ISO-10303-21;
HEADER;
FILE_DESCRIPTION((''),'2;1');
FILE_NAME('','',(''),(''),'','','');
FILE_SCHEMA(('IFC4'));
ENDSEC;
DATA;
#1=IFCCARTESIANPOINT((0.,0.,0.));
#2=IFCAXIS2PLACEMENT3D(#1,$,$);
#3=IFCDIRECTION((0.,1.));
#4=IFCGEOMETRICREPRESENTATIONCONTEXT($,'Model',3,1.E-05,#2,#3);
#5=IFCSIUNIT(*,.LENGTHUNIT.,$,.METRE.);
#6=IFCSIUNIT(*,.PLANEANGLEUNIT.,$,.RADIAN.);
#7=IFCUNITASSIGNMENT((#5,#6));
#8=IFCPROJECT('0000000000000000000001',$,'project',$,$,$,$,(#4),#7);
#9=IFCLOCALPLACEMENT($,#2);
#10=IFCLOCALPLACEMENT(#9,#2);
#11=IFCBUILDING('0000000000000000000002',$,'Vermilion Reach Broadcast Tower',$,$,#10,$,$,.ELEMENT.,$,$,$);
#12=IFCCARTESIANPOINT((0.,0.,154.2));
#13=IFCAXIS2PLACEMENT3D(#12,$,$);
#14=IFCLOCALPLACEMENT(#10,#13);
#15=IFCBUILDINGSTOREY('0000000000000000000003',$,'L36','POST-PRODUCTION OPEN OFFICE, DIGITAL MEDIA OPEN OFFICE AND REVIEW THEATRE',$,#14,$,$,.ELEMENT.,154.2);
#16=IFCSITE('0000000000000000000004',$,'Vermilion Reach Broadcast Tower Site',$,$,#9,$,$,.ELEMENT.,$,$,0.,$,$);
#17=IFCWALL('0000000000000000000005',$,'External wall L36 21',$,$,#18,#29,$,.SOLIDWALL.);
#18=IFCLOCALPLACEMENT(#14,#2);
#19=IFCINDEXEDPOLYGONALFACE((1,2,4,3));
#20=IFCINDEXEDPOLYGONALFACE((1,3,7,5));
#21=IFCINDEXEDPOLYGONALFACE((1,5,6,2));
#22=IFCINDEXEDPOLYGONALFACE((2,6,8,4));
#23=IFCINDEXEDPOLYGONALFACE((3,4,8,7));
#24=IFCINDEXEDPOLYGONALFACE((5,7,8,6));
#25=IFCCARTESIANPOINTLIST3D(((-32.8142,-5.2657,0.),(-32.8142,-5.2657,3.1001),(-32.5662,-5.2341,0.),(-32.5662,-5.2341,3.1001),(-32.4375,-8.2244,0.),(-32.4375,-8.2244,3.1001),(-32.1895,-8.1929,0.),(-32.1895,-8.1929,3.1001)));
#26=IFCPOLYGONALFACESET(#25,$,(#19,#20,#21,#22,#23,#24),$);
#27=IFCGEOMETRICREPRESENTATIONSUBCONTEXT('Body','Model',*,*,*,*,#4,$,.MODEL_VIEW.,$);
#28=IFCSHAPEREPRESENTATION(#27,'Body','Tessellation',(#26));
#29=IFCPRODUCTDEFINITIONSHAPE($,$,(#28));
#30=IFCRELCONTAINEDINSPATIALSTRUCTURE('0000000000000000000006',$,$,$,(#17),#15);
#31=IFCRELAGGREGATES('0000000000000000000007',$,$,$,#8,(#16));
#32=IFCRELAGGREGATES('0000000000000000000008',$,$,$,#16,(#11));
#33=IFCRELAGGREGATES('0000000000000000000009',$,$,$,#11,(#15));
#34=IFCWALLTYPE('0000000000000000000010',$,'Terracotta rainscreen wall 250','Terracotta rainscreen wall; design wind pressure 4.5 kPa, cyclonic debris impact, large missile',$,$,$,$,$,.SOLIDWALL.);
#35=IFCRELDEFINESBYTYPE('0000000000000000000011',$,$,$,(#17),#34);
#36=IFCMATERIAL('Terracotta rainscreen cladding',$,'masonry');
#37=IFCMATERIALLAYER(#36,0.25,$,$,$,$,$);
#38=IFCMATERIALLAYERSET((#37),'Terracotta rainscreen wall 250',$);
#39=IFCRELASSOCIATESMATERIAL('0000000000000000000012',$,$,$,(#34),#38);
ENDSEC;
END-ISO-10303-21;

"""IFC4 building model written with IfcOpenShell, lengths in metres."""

from ifc_helpers import new_model, si_unit, direction, frame, frame_2d, origin, place, context, subcontext, project, spatial, rectangle, extrude, material, layer, layer_set, type_object, element, save


model = new_model("IFC4")

# Units and contexts
model_context = context("Model", 3, precision=1e-05, world=origin(), true_north=direction((0.0, 1.0)))
body_context = subcontext(model_context, "Body", "Model", "MODEL_VIEW")
ifc_project = project(units=[si_unit("LENGTHUNIT", "METRE"), si_unit("PLANEANGLEUNIT", "RADIAN")], contexts=[model_context])

# Site, building, storey
site_placement = place(None, origin())
site = spatial("IfcSite", under=ifc_project, at=site_placement, Name="Vermilion Reach Broadcast Tower Site", CompositionType="ELEMENT", RefElevation=0.0)
building_placement = place(site_placement, origin())
building = spatial("IfcBuilding", under=site, at=building_placement, Name="Vermilion Reach Broadcast Tower", CompositionType="ELEMENT")
storey_placement = place(building_placement, frame((0.0, 0.0, 154.2)))
storey = spatial("IfcBuildingStorey", under=building, at=storey_placement, Name="L36", Description="POST-PRODUCTION OPEN OFFICE, DIGITAL MEDIA OPEN OFFICE AND REVIEW THEATRE", CompositionType="ELEMENT", Elevation=154.2)

# Shared definitions
ifc_material_1 = material(Name="Terracotta rainscreen cladding", Category="masonry")
ifc_layer_1 = layer(ifc_material_1, 0.25)
ifc_layer_set_1 = layer_set([ifc_layer_1], Name="Terracotta rainscreen wall 250")
wall_type_1 = type_object("IfcWallType", Name="Terracotta rainscreen wall 250", Description="Terracotta rainscreen wall; design wind pressure 4.5 kPa, cyclonic debris impact, large missile", PredefinedType="SOLIDWALL", material=ifc_layer_set_1)

# Wall
wall_1_placement = place(storey_placement, frame((-32.6902, -5.25, 0.0), z_axis=(0.0, 0.0, 1.0), x_axis=(0.126301, -0.991992, 0.0)))
element("IfcWall", 1, at=wall_1_placement, inside=storey, type_object=wall_type_1, Name="External wall L36 21", PredefinedType="SOLIDWALL", context=body_context, shape_type="SweptSolid", body=[
    extrude(rectangle(XDim=2.9827, YDim=0.25, at=frame_2d((1.4912, 0.0))), origin(), (0.0, 0.0, 1.0), 3.1001),
])

save(model, "model.ifc")
